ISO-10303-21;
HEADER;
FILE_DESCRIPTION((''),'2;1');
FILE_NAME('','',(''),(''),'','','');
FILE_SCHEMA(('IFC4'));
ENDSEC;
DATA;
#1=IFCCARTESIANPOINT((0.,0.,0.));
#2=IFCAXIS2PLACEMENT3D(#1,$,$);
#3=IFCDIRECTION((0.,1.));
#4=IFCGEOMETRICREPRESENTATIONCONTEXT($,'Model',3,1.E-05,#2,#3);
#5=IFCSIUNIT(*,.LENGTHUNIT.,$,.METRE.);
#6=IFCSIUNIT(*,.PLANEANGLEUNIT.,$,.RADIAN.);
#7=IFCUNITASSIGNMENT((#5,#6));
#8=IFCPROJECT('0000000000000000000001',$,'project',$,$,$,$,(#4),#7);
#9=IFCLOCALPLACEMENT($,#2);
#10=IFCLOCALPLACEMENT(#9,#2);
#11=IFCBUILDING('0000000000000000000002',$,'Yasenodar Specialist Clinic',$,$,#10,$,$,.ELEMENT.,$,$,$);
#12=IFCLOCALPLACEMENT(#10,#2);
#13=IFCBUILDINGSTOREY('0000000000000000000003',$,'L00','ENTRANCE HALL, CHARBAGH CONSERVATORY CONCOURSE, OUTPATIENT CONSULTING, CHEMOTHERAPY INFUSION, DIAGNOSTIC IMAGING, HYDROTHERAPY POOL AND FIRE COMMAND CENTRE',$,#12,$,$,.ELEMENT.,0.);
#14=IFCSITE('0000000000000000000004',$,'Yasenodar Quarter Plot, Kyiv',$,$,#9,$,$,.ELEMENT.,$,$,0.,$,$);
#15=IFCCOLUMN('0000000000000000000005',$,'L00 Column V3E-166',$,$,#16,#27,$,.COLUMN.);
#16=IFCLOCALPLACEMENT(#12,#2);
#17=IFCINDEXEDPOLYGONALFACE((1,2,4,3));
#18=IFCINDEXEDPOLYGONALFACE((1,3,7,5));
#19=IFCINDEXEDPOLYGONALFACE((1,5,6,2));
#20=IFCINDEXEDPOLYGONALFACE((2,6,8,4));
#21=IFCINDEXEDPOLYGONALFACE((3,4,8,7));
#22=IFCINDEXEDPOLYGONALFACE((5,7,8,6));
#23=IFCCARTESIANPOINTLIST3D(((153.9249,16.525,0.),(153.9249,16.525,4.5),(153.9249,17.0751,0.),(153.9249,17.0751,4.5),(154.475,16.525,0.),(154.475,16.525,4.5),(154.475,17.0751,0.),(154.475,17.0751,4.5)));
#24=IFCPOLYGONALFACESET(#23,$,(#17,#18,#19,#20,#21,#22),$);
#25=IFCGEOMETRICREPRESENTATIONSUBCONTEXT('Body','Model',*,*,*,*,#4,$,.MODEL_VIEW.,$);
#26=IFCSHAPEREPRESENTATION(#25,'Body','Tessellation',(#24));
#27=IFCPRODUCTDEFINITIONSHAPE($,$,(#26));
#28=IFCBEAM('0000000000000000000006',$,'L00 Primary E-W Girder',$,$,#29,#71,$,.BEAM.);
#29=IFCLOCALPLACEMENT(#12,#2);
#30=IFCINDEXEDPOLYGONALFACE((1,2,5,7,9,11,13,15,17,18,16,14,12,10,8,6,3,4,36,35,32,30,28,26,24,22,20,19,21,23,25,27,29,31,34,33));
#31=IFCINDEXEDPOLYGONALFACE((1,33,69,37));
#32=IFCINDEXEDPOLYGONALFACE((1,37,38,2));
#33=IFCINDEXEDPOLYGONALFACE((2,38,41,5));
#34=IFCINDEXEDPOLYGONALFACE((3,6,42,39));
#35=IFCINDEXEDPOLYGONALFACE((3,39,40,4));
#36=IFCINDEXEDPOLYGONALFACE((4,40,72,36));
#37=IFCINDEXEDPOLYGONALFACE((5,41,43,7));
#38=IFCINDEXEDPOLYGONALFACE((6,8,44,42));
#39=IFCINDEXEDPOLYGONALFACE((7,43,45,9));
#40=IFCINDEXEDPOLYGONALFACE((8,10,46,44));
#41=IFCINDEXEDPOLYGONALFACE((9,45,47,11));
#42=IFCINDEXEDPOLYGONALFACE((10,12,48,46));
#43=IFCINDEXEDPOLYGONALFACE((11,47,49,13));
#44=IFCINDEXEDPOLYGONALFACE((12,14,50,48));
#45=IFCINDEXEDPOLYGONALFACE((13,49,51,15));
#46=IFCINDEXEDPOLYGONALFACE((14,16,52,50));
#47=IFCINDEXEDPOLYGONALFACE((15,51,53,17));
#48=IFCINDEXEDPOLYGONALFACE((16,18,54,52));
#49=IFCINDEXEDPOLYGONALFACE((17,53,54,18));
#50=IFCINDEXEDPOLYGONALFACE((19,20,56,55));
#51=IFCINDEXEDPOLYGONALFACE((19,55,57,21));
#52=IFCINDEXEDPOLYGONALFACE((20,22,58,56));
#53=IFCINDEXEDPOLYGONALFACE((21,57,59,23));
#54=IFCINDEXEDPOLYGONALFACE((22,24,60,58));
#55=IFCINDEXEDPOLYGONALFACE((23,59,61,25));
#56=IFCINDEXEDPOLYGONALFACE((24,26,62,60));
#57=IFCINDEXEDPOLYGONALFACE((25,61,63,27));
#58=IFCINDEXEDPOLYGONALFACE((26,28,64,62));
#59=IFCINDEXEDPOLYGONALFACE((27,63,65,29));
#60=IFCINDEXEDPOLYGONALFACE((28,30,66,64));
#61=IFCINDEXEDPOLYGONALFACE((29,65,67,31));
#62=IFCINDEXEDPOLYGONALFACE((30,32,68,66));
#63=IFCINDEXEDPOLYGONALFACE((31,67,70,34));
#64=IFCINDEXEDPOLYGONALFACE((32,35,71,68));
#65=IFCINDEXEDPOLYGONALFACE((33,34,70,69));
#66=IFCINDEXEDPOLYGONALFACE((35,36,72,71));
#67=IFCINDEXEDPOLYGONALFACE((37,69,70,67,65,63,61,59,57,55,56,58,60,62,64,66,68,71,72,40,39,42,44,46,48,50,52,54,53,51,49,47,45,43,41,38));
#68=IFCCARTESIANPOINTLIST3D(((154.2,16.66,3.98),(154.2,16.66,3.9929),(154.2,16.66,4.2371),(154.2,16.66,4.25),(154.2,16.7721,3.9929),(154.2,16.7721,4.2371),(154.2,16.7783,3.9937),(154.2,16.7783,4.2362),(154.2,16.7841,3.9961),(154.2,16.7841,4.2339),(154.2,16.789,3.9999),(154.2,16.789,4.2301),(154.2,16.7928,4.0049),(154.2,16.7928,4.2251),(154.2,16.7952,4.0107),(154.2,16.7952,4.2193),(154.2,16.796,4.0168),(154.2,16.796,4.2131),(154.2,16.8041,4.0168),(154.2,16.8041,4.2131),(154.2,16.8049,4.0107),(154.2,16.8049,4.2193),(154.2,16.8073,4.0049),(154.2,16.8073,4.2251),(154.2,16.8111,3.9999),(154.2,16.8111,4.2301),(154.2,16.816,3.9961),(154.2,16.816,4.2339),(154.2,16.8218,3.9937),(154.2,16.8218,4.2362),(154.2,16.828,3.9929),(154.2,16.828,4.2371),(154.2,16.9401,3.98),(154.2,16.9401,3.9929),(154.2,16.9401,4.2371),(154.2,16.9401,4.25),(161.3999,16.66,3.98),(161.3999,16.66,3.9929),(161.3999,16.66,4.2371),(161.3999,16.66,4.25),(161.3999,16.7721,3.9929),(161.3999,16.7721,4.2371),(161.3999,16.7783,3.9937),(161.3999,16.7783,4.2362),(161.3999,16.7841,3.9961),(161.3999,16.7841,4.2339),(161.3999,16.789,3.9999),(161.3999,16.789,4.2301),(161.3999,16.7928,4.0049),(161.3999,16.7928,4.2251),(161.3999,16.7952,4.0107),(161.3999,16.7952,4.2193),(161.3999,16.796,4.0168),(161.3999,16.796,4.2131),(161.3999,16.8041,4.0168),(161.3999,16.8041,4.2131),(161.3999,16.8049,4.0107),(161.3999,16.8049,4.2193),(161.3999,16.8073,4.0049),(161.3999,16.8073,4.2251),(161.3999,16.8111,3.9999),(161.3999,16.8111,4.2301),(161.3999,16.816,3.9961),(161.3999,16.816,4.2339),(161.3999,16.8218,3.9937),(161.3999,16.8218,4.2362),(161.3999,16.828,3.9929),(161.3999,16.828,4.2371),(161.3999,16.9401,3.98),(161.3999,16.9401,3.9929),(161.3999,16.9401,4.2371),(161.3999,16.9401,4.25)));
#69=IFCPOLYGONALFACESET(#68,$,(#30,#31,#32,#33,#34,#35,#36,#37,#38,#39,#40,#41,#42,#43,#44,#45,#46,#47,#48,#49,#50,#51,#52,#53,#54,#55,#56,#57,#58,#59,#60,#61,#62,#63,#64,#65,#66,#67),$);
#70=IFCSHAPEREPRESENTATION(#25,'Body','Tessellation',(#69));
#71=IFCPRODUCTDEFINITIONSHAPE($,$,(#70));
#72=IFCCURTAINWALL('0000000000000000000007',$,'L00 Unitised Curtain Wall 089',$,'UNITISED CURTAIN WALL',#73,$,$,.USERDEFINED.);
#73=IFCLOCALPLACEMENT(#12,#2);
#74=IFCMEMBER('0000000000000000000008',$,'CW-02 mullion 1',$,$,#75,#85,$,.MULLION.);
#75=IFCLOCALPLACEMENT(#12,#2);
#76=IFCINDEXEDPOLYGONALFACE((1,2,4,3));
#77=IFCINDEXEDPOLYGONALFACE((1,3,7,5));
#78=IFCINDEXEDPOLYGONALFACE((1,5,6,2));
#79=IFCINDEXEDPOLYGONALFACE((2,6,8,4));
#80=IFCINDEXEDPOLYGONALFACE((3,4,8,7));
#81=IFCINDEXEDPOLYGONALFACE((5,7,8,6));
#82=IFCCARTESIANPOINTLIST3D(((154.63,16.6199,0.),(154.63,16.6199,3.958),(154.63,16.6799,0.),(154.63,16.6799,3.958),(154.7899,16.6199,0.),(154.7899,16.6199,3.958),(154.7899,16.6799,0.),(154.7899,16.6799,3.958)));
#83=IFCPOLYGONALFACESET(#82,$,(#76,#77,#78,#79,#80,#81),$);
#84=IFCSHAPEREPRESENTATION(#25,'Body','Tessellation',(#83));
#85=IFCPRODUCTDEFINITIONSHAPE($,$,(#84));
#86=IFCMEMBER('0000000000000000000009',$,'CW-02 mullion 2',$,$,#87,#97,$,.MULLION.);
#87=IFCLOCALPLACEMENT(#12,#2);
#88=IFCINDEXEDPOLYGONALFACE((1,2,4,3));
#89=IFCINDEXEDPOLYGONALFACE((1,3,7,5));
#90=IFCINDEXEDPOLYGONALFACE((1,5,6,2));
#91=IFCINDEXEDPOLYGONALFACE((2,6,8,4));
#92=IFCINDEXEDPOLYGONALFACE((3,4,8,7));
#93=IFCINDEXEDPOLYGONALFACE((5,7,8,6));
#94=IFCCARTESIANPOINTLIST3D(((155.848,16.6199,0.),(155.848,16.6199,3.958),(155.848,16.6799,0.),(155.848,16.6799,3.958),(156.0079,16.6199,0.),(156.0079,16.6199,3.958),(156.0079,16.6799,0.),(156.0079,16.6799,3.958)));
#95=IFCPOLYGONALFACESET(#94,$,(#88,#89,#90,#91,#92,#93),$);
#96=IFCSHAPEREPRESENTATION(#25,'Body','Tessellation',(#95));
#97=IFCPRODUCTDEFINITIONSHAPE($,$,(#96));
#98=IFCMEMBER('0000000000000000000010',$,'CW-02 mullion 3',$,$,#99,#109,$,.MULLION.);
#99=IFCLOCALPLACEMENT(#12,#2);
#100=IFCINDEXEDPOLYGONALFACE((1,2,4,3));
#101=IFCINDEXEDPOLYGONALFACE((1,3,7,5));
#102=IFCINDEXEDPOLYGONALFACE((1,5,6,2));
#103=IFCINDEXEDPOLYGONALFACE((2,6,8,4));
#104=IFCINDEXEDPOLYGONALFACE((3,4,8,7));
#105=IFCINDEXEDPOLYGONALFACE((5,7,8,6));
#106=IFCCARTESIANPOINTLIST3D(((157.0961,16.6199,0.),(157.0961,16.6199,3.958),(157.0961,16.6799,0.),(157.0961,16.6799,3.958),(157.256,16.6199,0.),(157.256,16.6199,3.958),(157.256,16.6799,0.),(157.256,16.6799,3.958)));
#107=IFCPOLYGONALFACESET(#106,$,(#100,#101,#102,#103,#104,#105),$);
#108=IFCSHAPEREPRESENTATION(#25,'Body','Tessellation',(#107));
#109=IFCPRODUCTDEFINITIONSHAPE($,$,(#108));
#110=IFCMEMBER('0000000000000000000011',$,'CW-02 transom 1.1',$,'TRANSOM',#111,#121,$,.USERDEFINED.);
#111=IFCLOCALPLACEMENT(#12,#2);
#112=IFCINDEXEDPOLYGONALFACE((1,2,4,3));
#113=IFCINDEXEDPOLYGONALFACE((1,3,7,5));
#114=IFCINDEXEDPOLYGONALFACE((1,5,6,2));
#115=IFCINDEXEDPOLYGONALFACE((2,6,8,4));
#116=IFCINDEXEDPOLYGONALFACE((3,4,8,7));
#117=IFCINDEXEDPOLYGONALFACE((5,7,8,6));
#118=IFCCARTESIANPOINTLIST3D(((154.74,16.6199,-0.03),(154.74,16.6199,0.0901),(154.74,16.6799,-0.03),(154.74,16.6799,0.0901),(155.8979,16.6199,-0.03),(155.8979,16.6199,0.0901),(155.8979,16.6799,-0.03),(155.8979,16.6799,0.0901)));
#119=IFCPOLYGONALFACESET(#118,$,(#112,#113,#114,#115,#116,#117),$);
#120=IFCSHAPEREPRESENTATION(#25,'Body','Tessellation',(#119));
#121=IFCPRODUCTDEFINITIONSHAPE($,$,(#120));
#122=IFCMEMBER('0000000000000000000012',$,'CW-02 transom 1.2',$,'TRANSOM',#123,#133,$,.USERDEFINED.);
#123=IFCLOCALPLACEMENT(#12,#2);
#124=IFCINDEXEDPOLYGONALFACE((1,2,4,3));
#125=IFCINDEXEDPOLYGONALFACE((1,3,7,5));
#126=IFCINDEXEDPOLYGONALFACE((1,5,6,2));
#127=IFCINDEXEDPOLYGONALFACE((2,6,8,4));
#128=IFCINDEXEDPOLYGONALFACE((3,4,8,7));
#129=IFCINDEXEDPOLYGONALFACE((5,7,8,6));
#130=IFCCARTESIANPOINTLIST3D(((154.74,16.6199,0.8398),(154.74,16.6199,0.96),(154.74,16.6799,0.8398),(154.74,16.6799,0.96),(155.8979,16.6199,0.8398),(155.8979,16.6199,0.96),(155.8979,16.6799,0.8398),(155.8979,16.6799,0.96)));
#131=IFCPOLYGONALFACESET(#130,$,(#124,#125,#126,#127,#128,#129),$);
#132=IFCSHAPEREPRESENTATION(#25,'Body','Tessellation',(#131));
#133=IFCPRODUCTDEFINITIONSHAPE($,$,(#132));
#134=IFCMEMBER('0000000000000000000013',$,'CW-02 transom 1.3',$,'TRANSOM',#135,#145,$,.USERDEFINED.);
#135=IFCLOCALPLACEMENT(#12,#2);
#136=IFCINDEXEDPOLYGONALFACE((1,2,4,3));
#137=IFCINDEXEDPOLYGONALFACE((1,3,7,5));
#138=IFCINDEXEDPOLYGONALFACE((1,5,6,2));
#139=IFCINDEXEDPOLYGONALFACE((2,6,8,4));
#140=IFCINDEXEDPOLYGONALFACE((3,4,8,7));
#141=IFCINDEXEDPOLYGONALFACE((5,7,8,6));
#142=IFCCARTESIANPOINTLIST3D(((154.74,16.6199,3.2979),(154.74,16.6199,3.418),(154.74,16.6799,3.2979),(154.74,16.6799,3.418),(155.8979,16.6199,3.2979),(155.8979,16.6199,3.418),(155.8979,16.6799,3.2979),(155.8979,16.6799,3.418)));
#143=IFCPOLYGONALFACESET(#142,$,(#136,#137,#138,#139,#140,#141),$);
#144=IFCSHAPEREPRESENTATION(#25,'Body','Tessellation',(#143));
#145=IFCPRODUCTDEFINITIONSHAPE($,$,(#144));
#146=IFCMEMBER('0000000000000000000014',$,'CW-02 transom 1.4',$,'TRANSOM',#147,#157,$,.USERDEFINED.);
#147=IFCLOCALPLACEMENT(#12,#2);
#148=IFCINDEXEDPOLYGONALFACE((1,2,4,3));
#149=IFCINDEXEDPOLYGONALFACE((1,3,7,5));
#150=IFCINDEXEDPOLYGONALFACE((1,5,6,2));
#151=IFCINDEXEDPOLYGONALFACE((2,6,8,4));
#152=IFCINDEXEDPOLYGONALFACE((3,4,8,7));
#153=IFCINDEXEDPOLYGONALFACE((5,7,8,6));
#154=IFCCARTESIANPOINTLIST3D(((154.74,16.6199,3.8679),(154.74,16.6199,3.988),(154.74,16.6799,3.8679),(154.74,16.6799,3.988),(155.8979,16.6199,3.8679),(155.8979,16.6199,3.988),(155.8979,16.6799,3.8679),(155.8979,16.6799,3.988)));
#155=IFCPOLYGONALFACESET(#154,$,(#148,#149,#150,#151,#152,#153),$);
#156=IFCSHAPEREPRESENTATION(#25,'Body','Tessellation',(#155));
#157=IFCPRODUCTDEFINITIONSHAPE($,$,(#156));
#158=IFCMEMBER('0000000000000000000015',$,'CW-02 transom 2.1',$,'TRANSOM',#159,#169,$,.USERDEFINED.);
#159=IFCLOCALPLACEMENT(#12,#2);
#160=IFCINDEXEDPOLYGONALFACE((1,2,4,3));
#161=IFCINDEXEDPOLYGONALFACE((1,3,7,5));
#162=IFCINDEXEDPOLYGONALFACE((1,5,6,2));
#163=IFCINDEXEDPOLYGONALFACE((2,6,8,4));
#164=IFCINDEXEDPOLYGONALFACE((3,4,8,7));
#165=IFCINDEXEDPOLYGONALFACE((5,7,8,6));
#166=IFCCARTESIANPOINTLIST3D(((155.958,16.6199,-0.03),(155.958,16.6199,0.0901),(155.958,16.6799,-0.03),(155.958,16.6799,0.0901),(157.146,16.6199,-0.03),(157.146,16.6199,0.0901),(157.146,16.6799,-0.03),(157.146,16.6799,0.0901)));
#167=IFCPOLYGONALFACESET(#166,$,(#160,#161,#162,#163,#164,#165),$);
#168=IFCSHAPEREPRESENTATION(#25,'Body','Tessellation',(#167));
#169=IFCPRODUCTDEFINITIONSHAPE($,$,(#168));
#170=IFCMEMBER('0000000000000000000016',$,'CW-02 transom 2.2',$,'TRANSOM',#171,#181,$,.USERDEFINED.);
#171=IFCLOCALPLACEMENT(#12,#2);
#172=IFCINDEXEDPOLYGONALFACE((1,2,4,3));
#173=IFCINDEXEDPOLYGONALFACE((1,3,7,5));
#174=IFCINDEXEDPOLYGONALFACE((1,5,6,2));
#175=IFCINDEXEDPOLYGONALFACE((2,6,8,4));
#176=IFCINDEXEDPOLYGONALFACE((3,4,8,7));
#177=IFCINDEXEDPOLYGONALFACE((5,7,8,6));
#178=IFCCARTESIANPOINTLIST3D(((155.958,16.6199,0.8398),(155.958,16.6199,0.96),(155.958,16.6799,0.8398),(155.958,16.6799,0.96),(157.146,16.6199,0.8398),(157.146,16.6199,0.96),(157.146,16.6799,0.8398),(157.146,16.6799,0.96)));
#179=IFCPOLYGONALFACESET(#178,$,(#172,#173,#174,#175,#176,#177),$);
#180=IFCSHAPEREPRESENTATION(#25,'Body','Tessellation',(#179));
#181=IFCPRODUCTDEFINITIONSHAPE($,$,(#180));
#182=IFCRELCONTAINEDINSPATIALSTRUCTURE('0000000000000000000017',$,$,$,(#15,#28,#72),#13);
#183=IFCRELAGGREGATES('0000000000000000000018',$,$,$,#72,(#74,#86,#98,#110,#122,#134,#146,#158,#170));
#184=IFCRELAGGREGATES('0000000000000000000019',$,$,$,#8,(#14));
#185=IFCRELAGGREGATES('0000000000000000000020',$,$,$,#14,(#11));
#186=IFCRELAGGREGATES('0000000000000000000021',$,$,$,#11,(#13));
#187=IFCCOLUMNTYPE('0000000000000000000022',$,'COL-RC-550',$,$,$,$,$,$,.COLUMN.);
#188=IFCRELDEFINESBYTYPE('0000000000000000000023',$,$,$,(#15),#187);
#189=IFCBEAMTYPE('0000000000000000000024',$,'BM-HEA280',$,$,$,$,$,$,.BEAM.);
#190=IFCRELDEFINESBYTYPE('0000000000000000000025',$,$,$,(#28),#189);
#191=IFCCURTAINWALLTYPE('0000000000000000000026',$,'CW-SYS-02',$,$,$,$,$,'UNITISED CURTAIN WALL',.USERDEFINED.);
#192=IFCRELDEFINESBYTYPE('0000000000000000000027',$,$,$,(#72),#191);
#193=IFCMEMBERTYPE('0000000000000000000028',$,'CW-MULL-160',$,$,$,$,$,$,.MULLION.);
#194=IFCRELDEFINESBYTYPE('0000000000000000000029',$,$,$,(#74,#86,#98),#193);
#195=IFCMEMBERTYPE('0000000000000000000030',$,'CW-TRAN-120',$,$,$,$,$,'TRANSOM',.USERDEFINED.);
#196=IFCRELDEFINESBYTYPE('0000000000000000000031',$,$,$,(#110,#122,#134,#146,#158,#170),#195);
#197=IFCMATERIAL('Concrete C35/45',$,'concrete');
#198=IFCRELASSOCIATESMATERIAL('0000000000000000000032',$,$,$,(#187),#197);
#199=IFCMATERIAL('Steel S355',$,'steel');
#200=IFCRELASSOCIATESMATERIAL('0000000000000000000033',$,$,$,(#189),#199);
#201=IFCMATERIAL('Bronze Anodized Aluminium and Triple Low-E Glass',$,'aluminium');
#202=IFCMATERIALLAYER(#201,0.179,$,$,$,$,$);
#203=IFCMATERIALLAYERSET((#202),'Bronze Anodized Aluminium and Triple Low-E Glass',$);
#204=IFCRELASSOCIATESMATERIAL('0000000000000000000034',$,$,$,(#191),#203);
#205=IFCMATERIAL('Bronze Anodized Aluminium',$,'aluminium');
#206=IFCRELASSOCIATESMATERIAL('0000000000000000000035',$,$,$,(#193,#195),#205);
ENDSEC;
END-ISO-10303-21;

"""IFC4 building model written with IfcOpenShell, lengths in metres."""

from ifc_helpers import new_model, si_unit, direction, frame, origin, origin_2d, place, context, subcontext, project, spatial, rectangle, i_section, extrude, material, layer, layer_set, material_profile, profile_set, type_object, element, aggregate, save


model = new_model("IFC4")

# Units and contexts
model_context = context("Model", 3, precision=1e-05, world=origin(), true_north=direction((0.0, 1.0)))
body_context = subcontext(model_context, "Body", "Model", "MODEL_VIEW")
ifc_project = project(units=[si_unit("LENGTHUNIT", "METRE"), si_unit("PLANEANGLEUNIT", "RADIAN")], contexts=[model_context])

# Site, building, storey
site_placement = place(None, origin())
site = spatial("IfcSite", under=ifc_project, at=site_placement, Name="Yasenodar Quarter Plot, Kyiv", CompositionType="ELEMENT", RefElevation=0.0)
building_placement = place(site_placement, origin())
building = spatial("IfcBuilding", under=site, at=building_placement, Name="Yasenodar Specialist Clinic", CompositionType="ELEMENT")
storey_placement = place(building_placement, origin())
storey = spatial("IfcBuildingStorey", under=building, at=storey_placement, Name="L00", Description="ENTRANCE HALL, CHARBAGH CONSERVATORY CONCOURSE, OUTPATIENT CONSULTING, CHEMOTHERAPY INFUSION, DIAGNOSTIC IMAGING, HYDROTHERAPY POOL AND FIRE COMMAND CENTRE", CompositionType="ELEMENT", Elevation=0.0)

# Column
ifc_material_1 = material(Name="Concrete C35/45", Category="concrete")
ifc_material_profile_1 = material_profile(ifc_material_1, rectangle(XDim=0.55, YDim=0.55, at=origin_2d()), Name="RC 550x550")
ifc_profile_set_1 = profile_set([ifc_material_profile_1], Name="Concrete C35/45")
column_type = type_object("IfcColumnType", Name="COL-RC-550", PredefinedType="COLUMN", material=ifc_profile_set_1)
column_placement = place(storey_placement, frame((154.2, 16.8, 0.0), z_axis=(0.0, 0.0, 1.0), x_axis=(1.0, 0.0, 0.0)))
element("IfcColumn", 1, at=column_placement, inside=storey, type_object=column_type, Name="L00 Column V3E-166", PredefinedType="COLUMN", context=body_context, shape_type="SweptSolid", body=[
    extrude(rectangle(XDim=0.55, YDim=0.55, at=origin_2d()), origin(), (0.0, 0.0, 1.0), 4.5),
])

# Beam
ifc_material_2 = material(Name="Steel S355", Category="steel")
ifc_material_profile_2 = material_profile(ifc_material_2, i_section(OverallWidth=0.28, OverallDepth=0.27, WebThickness=0.0081, FlangeThickness=0.0129, FilletRadius=0.0239, at=origin_2d()), Name="HEA 280")
ifc_profile_set_2 = profile_set([ifc_material_profile_2], Name="Steel S355")
beam_type = type_object("IfcBeamType", Name="BM-HEA280", PredefinedType="BEAM", material=ifc_profile_set_2)
beam_placement = place(storey_placement, frame((154.2, 16.8, 4.115), z_axis=(1.0, 0.0, 0.0), x_axis=(0.0, 1.0, 0.0)))
element("IfcBeam", 2, at=beam_placement, inside=storey, type_object=beam_type, Name="L00 Primary E-W Girder", PredefinedType="BEAM", context=body_context, shape_type="SweptSolid", body=[
    extrude(i_section(OverallWidth=0.28, OverallDepth=0.27, WebThickness=0.0081, FlangeThickness=0.0129, FilletRadius=0.0239, at=origin_2d()), origin(), (0.0, 0.0, 1.0), 7.2),
])

# Curtain wall, members
ifc_material_3 = material(Name="Bronze Anodized Aluminium and Triple Low-E Glass", Category="aluminium")
ifc_layer_1 = layer(ifc_material_3, 0.179)
ifc_layer_set_1 = layer_set([ifc_layer_1], Name="Bronze Anodized Aluminium and Triple Low-E Glass")
curtain_wall_type = type_object("IfcCurtainWallType", Name="CW-SYS-02", ElementType="UNITISED CURTAIN WALL", PredefinedType="USERDEFINED", material=ifc_layer_set_1)
curtain_wall_placement = place(storey_placement, origin())
curtain_wall = element("IfcCurtainWall", 3, at=curtain_wall_placement, inside=storey, type_object=curtain_wall_type, Name="L00 Unitised Curtain Wall 089", ObjectType="UNITISED CURTAIN WALL", PredefinedType="USERDEFINED")
ifc_material_4 = material(Name="Bronze Anodized Aluminium", Category="aluminium")
ifc_material_profile_3 = material_profile(ifc_material_4, rectangle(XDim=0.0601, YDim=0.1599, at=origin_2d()), Name="CW-MULL 60x160")
ifc_profile_set_3 = profile_set([ifc_material_profile_3], Name="Bronze Anodized Aluminium")
member_type_1 = type_object("IfcMemberType", Name="CW-MULL-160", PredefinedType="MULLION", material=ifc_profile_set_3)
member_1_placement = place(storey_placement, frame((154.71, 16.6499, 0.0), z_axis=(0.0, 0.0, 1.0), x_axis=(0.0, 1.0, 0.0)))
member_1 = element("IfcMember", 4, at=member_1_placement, type_object=member_type_1, Name="CW-02 mullion 1", PredefinedType="MULLION", context=body_context, shape_type="SweptSolid", body=[
    extrude(rectangle(XDim=0.0601, YDim=0.1599, at=origin_2d()), origin(), (0.0, 0.0, 1.0), 3.958),
])
member_2_placement = place(storey_placement, frame((155.928, 16.6499, 0.0), z_axis=(0.0, 0.0, 1.0), x_axis=(0.0, 1.0, 0.0)))
member_2 = element("IfcMember", 5, at=member_2_placement, type_object=member_type_1, Name="CW-02 mullion 2", PredefinedType="MULLION", context=body_context, shape_type="SweptSolid", body=[
    extrude(rectangle(XDim=0.0601, YDim=0.1599, at=origin_2d()), origin(), (0.0, 0.0, 1.0), 3.958),
])
member_3_placement = place(storey_placement, frame((157.176, 16.6499, 0.0), z_axis=(0.0, 0.0, 1.0), x_axis=(0.0, 1.0, 0.0)))
member_3 = element("IfcMember", 6, at=member_3_placement, type_object=member_type_1, Name="CW-02 mullion 3", PredefinedType="MULLION", context=body_context, shape_type="SweptSolid", body=[
    extrude(rectangle(XDim=0.0601, YDim=0.1599, at=origin_2d()), origin(), (0.0, 0.0, 1.0), 3.958),
])
ifc_material_profile_4 = material_profile(ifc_material_4, rectangle(XDim=0.0601, YDim=0.1201, at=origin_2d()), Name="CW-TRAN 60x120")
ifc_profile_set_4 = profile_set([ifc_material_profile_4], Name="Bronze Anodized Aluminium")
member_type_2 = type_object("IfcMemberType", Name="CW-TRAN-120", ElementType="TRANSOM", PredefinedType="USERDEFINED", material=ifc_profile_set_4)
member_4_placement = place(storey_placement, frame((154.74, 16.6499, 0.03), z_axis=(1.0, 0.0, 0.0), x_axis=(0.0, 1.0, 0.0)))
member_4 = element("IfcMember", 7, at=member_4_placement, type_object=member_type_2, Name="CW-02 transom 1.1", ObjectType="TRANSOM", PredefinedType="USERDEFINED", context=body_context, shape_type="SweptSolid", body=[
    extrude(rectangle(XDim=0.0601, YDim=0.1201, at=origin_2d()), origin(), (0.0, 0.0, 1.0), 1.158),
])
member_5_placement = place(storey_placement, frame((154.74, 16.6499, 0.8999), z_axis=(1.0, 0.0, 0.0), x_axis=(0.0, 1.0, 0.0)))
member_5 = element("IfcMember", 8, at=member_5_placement, type_object=member_type_2, Name="CW-02 transom 1.2", ObjectType="TRANSOM", PredefinedType="USERDEFINED", context=body_context, shape_type="SweptSolid", body=[
    extrude(rectangle(XDim=0.0601, YDim=0.1201, at=origin_2d()), origin(), (0.0, 0.0, 1.0), 1.158),
])
member_6_placement = place(storey_placement, frame((154.74, 16.6499, 3.3579), z_axis=(1.0, 0.0, 0.0), x_axis=(0.0, 1.0, 0.0)))
member_6 = element("IfcMember", 9, at=member_6_placement, type_object=member_type_2, Name="CW-02 transom 1.3", ObjectType="TRANSOM", PredefinedType="USERDEFINED", context=body_context, shape_type="SweptSolid", body=[
    extrude(rectangle(XDim=0.0601, YDim=0.1201, at=origin_2d()), origin(), (0.0, 0.0, 1.0), 1.158),
])
member_7_placement = place(storey_placement, frame((154.74, 16.6499, 3.928), z_axis=(1.0, 0.0, 0.0), x_axis=(0.0, 1.0, 0.0)))
member_7 = element("IfcMember", 10, at=member_7_placement, type_object=member_type_2, Name="CW-02 transom 1.4", ObjectType="TRANSOM", PredefinedType="USERDEFINED", context=body_context, shape_type="SweptSolid", body=[
    extrude(rectangle(XDim=0.0601, YDim=0.1201, at=origin_2d()), origin(), (0.0, 0.0, 1.0), 1.158),
])
member_8_placement = place(storey_placement, frame((155.958, 16.6499, 0.03), z_axis=(1.0, 0.0, 0.0), x_axis=(0.0, 1.0, 0.0)))
member_8 = element("IfcMember", 11, at=member_8_placement, type_object=member_type_2, Name="CW-02 transom 2.1", ObjectType="TRANSOM", PredefinedType="USERDEFINED", context=body_context, shape_type="SweptSolid", body=[
    extrude(rectangle(XDim=0.0601, YDim=0.1201, at=origin_2d()), origin(), (0.0, 0.0, 1.0), 1.188),
])
member_9_placement = place(storey_placement, frame((155.958, 16.6499, 0.8999), z_axis=(1.0, 0.0, 0.0), x_axis=(0.0, 1.0, 0.0)))
member_9 = element("IfcMember", 12, at=member_9_placement, type_object=member_type_2, Name="CW-02 transom 2.2", ObjectType="TRANSOM", PredefinedType="USERDEFINED", context=body_context, shape_type="SweptSolid", body=[
    extrude(rectangle(XDim=0.0601, YDim=0.1201, at=origin_2d()), origin(), (0.0, 0.0, 1.0), 1.188),
])
aggregate(curtain_wall, [member_1, member_2, member_3, member_4, member_5, member_6, member_7, member_8, member_9])

save(model, "model.ifc")
